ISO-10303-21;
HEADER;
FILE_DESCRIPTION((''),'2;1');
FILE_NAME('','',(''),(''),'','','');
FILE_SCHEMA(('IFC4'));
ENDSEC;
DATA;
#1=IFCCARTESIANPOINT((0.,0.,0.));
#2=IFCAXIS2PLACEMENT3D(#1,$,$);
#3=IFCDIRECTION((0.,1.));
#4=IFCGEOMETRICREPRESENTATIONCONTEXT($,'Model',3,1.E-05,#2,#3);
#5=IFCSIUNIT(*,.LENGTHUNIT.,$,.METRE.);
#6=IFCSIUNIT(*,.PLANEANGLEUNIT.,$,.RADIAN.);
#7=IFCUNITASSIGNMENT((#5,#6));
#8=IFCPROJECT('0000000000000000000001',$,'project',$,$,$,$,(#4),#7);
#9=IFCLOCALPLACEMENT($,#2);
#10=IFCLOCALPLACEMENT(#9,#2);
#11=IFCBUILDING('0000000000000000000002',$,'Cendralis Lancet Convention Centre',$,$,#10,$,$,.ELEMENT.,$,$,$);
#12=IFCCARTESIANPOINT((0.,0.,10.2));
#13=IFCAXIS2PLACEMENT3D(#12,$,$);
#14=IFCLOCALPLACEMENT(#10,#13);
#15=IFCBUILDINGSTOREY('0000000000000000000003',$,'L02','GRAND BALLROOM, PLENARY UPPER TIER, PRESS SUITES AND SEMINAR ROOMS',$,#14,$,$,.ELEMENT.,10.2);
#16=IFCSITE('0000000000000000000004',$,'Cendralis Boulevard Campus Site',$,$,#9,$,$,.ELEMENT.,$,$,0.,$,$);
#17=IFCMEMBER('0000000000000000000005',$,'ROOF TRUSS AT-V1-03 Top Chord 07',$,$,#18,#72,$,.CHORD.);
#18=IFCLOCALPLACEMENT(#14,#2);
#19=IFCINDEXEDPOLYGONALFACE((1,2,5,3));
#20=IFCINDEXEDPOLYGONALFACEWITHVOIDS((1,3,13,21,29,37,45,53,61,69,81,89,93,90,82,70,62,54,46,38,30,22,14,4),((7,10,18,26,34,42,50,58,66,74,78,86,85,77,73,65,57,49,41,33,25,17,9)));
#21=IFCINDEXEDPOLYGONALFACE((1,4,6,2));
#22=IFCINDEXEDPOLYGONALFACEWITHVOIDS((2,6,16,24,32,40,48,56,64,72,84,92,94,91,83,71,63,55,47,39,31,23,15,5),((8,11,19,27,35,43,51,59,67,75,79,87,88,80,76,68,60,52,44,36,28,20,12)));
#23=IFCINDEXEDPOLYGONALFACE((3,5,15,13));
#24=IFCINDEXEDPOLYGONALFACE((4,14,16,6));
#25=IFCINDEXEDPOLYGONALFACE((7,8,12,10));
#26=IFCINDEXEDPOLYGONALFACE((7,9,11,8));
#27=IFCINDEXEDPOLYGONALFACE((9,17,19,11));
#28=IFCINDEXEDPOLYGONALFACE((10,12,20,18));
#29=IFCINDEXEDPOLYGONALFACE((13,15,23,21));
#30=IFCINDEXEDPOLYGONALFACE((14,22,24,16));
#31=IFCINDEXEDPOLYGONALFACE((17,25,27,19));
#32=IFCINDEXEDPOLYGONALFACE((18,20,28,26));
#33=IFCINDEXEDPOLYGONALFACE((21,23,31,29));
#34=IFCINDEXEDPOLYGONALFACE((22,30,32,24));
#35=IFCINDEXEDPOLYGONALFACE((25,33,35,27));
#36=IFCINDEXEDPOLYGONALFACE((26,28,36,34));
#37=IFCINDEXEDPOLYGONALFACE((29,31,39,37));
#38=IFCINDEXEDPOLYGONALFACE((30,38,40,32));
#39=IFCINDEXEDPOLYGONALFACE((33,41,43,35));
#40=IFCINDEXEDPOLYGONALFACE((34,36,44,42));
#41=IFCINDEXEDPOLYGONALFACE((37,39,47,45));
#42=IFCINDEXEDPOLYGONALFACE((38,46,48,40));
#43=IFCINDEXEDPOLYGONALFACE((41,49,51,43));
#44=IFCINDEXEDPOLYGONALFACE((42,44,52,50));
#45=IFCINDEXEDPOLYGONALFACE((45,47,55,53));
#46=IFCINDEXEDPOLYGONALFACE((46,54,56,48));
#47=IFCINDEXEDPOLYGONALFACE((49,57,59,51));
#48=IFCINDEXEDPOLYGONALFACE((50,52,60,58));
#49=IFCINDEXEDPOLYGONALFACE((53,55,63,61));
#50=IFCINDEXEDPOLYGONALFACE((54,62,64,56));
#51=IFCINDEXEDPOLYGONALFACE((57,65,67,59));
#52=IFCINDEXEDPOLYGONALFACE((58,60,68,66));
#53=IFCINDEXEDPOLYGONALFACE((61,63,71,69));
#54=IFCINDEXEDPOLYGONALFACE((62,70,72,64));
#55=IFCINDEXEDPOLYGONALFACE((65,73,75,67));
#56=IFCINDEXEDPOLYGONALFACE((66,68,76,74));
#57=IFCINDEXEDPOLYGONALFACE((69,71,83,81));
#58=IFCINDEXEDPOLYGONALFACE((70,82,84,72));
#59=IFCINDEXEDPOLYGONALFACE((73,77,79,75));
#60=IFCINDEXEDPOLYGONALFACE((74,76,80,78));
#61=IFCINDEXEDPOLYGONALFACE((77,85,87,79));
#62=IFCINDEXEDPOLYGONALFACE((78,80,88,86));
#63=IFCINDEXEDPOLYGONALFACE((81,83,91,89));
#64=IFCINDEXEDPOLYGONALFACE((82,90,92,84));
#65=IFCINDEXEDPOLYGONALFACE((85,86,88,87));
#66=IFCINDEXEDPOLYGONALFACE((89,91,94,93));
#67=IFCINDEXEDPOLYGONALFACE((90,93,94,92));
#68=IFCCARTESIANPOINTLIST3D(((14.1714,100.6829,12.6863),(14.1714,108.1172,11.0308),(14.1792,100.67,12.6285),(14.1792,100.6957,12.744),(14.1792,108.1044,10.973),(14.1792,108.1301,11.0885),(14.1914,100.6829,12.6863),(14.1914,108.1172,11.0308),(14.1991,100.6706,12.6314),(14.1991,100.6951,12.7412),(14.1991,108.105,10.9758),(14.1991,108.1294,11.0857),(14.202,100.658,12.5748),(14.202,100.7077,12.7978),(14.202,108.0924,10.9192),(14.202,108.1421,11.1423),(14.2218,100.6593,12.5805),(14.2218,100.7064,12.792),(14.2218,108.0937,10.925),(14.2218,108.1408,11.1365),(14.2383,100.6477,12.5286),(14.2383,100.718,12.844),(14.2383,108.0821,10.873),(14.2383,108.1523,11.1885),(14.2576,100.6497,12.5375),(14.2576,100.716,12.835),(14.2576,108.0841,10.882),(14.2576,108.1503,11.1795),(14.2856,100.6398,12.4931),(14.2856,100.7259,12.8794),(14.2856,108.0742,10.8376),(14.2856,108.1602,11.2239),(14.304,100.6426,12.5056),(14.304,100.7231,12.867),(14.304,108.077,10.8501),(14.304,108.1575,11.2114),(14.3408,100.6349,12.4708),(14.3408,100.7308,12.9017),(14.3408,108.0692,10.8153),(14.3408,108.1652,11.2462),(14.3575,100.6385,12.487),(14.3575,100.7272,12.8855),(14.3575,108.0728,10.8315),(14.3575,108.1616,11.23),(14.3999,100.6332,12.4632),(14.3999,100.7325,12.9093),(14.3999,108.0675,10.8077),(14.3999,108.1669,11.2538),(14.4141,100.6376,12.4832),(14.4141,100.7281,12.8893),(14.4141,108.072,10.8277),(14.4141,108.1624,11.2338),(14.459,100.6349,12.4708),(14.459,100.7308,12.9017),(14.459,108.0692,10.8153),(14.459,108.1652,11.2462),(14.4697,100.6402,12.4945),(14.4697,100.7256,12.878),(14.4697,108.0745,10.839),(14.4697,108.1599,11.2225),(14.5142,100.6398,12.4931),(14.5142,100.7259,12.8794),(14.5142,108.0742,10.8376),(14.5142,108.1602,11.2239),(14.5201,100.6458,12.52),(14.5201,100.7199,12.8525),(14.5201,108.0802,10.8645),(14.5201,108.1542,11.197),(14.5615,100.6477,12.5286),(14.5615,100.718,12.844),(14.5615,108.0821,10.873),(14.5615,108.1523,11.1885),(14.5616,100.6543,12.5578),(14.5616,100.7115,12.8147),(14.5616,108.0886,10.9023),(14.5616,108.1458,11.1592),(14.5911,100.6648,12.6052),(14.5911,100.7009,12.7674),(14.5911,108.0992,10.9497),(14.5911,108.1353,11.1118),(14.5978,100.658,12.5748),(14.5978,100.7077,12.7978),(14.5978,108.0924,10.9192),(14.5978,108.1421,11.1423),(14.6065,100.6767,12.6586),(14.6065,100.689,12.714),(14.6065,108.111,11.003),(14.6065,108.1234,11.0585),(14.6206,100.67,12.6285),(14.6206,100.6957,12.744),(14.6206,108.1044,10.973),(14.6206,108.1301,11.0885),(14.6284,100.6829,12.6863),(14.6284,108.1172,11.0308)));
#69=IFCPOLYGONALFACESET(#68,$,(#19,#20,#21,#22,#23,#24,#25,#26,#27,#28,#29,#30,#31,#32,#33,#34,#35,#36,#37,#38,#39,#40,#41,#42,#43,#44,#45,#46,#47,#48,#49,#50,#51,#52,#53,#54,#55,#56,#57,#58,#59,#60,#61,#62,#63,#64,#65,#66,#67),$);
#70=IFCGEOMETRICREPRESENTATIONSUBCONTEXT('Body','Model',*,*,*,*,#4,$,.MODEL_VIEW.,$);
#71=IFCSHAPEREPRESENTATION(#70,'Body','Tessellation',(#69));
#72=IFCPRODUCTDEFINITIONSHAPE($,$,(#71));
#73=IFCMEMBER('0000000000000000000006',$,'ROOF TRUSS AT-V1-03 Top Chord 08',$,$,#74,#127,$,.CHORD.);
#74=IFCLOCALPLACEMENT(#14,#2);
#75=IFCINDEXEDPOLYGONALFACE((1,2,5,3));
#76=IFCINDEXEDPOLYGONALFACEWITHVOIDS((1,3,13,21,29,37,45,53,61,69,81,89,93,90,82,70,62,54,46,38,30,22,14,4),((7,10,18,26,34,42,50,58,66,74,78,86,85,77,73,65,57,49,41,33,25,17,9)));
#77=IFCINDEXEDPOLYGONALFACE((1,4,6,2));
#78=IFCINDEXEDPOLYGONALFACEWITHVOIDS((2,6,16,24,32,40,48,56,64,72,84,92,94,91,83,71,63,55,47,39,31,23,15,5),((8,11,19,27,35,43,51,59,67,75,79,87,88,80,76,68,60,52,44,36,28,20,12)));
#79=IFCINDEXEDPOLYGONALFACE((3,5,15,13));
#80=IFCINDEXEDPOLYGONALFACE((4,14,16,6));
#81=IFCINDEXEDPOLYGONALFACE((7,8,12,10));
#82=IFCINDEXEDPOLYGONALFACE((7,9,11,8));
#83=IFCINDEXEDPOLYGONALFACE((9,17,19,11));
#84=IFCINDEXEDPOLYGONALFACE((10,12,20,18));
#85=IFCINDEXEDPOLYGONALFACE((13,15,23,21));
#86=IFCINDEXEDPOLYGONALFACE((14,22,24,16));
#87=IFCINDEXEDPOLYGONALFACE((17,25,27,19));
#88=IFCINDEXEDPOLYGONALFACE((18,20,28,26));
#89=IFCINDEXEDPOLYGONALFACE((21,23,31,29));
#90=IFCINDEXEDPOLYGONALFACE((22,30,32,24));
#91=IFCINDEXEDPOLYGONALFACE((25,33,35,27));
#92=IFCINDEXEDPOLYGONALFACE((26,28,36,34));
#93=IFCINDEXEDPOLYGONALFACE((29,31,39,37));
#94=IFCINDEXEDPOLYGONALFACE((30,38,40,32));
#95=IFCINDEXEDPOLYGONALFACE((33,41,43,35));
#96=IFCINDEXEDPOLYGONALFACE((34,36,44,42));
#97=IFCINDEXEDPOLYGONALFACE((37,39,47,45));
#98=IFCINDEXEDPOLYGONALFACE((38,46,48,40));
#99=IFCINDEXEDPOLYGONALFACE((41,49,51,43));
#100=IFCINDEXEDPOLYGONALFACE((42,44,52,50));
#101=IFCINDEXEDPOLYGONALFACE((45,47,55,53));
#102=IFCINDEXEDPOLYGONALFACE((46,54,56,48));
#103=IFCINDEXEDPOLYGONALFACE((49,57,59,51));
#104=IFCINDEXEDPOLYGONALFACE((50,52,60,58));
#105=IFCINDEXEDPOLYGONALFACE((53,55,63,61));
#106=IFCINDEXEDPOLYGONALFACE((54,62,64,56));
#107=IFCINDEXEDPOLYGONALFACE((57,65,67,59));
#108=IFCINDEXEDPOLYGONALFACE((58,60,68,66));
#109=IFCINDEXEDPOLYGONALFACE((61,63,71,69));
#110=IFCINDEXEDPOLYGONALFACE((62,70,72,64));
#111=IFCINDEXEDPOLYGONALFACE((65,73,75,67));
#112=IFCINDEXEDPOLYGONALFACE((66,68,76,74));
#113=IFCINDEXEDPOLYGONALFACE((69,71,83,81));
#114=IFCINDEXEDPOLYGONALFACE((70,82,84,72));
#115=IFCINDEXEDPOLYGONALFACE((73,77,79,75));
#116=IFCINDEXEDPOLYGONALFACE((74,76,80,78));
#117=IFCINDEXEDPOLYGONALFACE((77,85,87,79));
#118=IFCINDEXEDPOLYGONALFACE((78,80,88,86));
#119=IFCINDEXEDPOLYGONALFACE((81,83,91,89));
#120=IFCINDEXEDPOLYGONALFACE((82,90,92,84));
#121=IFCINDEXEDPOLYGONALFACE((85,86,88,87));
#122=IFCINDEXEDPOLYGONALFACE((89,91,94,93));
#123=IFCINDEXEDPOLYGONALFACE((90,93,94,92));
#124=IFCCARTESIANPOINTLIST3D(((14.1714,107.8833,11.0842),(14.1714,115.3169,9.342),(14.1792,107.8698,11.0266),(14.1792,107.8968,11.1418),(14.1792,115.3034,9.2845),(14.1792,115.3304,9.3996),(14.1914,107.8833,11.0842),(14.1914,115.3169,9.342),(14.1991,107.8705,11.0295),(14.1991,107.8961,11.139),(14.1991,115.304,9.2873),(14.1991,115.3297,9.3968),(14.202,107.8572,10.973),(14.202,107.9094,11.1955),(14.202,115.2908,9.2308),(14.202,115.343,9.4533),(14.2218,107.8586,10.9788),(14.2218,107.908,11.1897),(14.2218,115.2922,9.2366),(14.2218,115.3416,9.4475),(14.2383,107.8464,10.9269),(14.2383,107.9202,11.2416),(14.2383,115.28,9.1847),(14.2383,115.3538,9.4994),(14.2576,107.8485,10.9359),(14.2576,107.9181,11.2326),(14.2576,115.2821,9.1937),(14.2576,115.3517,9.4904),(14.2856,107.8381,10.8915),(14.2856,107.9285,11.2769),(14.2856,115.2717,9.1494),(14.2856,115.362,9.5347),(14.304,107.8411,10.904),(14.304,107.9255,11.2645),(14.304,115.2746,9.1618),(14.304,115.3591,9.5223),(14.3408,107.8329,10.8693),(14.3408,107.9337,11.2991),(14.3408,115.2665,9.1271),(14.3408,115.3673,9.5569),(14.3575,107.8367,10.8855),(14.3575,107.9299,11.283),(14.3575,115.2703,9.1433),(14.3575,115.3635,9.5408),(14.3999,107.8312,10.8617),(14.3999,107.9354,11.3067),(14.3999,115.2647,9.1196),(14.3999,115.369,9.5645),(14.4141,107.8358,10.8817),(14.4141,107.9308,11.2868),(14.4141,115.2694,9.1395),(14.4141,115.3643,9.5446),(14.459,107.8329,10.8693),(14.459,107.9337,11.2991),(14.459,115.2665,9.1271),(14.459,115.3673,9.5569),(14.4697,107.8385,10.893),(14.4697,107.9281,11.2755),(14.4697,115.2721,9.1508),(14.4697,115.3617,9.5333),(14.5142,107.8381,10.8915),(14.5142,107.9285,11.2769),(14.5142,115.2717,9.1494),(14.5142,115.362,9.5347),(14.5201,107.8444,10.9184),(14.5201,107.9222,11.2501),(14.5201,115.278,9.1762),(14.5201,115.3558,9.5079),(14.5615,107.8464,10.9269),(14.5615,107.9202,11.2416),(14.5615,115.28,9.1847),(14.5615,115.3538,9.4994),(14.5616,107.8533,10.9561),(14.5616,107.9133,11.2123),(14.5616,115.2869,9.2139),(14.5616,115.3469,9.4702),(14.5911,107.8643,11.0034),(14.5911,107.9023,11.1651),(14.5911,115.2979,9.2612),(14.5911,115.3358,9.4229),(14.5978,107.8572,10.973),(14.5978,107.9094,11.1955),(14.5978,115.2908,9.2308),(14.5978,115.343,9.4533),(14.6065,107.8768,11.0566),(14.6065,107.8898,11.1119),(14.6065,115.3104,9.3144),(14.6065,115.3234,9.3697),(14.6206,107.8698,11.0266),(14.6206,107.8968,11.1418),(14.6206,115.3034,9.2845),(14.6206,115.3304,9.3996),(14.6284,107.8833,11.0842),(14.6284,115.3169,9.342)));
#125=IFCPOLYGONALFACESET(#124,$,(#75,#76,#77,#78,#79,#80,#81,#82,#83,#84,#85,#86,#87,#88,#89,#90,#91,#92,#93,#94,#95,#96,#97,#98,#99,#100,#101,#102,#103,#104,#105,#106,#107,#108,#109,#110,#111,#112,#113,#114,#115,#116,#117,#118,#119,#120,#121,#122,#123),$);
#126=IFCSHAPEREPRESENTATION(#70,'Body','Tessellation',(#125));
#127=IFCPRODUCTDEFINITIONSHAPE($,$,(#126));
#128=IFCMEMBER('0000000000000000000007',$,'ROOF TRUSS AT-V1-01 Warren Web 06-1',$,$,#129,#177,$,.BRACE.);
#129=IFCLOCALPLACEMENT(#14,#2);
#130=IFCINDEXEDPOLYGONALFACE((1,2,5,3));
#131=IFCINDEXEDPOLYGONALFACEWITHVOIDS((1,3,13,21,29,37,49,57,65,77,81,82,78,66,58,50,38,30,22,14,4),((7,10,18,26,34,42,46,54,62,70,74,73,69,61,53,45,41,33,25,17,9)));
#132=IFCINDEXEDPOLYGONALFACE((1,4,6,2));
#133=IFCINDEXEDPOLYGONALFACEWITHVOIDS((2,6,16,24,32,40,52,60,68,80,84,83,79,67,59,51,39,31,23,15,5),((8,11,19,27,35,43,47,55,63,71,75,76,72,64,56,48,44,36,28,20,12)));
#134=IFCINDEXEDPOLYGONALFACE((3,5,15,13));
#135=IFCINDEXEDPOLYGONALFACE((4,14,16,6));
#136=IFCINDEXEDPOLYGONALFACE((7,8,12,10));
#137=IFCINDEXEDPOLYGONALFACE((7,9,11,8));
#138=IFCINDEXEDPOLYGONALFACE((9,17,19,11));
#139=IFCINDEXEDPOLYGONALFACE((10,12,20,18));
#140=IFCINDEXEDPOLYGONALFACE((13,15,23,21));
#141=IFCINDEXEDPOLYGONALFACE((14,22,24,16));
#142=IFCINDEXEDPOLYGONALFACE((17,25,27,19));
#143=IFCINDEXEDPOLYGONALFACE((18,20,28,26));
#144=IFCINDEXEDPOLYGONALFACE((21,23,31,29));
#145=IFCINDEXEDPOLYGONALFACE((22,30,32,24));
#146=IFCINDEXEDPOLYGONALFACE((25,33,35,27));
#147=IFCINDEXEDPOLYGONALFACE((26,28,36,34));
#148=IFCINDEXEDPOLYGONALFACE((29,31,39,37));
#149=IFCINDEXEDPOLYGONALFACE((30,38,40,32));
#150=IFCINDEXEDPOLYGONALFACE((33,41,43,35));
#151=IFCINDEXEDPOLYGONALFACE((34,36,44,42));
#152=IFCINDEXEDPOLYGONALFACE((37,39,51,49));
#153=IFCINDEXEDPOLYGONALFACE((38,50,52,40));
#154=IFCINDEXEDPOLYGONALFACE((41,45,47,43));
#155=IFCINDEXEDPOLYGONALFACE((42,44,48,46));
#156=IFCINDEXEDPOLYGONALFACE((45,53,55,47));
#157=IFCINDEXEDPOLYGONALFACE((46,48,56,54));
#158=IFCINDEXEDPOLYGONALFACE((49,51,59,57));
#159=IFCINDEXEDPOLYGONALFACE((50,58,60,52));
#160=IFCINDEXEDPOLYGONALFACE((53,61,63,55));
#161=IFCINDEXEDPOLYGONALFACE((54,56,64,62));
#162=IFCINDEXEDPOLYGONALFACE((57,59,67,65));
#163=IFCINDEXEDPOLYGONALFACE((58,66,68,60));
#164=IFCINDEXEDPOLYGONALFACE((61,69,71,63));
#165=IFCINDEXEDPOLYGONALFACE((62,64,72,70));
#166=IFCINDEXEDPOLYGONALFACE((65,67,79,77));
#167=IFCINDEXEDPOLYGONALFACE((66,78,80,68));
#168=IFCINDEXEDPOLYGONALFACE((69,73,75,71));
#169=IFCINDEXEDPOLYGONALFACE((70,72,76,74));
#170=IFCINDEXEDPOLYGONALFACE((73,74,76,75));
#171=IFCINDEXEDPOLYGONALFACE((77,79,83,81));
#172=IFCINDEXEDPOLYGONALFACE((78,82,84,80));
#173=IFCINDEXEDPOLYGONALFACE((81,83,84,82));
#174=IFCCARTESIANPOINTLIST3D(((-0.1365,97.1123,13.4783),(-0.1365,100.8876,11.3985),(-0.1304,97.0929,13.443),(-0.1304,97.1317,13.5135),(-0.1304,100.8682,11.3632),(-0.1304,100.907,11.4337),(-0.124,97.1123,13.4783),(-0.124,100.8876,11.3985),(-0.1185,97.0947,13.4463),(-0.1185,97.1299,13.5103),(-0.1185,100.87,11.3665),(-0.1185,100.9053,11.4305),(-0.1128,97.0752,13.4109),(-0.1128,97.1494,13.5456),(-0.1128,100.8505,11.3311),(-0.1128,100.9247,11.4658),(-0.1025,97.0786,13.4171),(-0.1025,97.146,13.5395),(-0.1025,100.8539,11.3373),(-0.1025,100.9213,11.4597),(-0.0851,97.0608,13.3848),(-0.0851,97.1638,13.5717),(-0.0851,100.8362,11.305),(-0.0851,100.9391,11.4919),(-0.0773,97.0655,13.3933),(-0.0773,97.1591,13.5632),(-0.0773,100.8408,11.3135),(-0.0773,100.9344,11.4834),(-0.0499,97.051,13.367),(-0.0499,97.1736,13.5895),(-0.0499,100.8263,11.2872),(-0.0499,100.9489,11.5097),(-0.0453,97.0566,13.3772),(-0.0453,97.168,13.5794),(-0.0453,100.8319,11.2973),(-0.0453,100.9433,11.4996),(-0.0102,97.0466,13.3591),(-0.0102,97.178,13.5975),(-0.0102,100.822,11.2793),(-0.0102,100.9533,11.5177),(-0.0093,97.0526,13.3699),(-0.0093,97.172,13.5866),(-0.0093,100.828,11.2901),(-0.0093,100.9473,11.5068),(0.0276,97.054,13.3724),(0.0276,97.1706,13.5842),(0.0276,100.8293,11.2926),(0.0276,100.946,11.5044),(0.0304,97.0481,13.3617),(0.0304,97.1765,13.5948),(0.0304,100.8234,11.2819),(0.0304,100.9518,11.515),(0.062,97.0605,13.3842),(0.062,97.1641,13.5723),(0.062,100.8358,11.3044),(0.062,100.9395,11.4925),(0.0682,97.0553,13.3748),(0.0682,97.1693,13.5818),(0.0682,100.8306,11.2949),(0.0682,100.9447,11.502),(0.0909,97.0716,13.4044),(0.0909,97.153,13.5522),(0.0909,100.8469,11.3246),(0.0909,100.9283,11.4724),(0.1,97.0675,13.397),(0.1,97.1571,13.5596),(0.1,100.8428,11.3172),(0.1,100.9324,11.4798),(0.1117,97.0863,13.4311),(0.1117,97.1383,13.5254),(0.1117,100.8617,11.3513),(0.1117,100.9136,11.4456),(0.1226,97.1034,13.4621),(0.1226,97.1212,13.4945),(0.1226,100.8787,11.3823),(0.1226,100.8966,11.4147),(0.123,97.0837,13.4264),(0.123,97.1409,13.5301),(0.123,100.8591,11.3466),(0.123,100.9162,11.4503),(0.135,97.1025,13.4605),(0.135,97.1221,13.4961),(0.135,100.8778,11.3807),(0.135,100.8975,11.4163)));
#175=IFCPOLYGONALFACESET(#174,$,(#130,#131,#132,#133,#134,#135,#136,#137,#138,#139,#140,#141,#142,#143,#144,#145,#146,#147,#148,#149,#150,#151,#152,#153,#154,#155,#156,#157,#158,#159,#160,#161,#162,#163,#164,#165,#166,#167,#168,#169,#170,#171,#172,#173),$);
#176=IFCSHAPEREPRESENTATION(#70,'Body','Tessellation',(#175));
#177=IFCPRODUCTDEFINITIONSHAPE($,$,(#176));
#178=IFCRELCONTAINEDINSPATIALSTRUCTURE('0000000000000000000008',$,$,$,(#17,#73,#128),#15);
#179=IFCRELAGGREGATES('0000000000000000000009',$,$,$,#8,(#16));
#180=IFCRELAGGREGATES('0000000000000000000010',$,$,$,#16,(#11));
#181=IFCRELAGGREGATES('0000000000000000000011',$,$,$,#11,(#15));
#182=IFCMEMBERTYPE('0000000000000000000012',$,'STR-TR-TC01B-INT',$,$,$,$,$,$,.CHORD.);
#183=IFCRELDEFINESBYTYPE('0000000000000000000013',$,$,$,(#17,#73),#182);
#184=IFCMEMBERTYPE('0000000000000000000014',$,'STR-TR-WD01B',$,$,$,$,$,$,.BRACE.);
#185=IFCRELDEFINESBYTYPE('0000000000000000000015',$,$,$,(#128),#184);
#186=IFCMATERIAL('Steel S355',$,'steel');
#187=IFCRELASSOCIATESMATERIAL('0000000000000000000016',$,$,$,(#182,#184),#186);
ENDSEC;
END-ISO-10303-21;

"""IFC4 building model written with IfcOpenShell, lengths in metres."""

from ifc_helpers import new_model, si_unit, direction, frame, origin, origin_2d, place, context, subcontext, project, spatial, hollow_circle, extrude, material, material_profile, profile_set, type_object, element, save


model = new_model("IFC4")

# Units and contexts
model_context = context("Model", 3, precision=1e-05, world=origin(), true_north=direction((0.0, 1.0)))
body_context = subcontext(model_context, "Body", "Model", "MODEL_VIEW")
ifc_project = project(units=[si_unit("LENGTHUNIT", "METRE"), si_unit("PLANEANGLEUNIT", "RADIAN")], contexts=[model_context])

# Site, building, storey
site_placement = place(None, origin())
site = spatial("IfcSite", under=ifc_project, at=site_placement, Name="Cendralis Boulevard Campus Site", CompositionType="ELEMENT", RefElevation=0.0)
building_placement = place(site_placement, origin())
building = spatial("IfcBuilding", under=site, at=building_placement, Name="Cendralis Lancet Convention Centre", CompositionType="ELEMENT")
storey_placement = place(building_placement, frame((0.0, 0.0, 10.2)))
storey = spatial("IfcBuildingStorey", under=building, at=storey_placement, Name="L02", Description="GRAND BALLROOM, PLENARY UPPER TIER, PRESS SUITES AND SEMINAR ROOMS", CompositionType="ELEMENT", Elevation=10.2)

# Members
ifc_material = material(Name="Steel S355", Category="steel")
ifc_material_profile_1 = material_profile(ifc_material, hollow_circle(Radius=0.2285, WallThickness=0.02, at=origin_2d()), Name="CHS 457.0x20.0")
ifc_profile_set_1 = profile_set([ifc_material_profile_1], Name="Steel S355")
member_type_1 = type_object("IfcMemberType", Name="STR-TR-TC01B-INT", PredefinedType="CHORD", material=ifc_profile_set_1)
member_1_placement = place(storey_placement, frame((14.3999, 100.6829, 12.6863), z_axis=(0.0, 0.976091, -0.217361), x_axis=(-1.0, 0.0, 0.0)))
element("IfcMember", 1, at=member_1_placement, inside=storey, type_object=member_type_1, Name="ROOF TRUSS AT-V1-03 Top Chord 07", PredefinedType="CHORD", context=body_context, shape_type="SweptSolid", body=[
    extrude(hollow_circle(Radius=0.2285, WallThickness=0.02, at=origin_2d()), origin(), (0.0, 0.0, 1.0), 7.6165),
])
member_2_placement = place(storey_placement, frame((14.3999, 107.8833, 11.0842), z_axis=(0.0, 0.973618, -0.228184), x_axis=(-1.0, 0.0, 0.0)))
element("IfcMember", 2, at=member_2_placement, inside=storey, type_object=member_type_1, Name="ROOF TRUSS AT-V1-03 Top Chord 08", PredefinedType="CHORD", context=body_context, shape_type="SweptSolid", body=[
    extrude(hollow_circle(Radius=0.2285, WallThickness=0.02, at=origin_2d()), origin(), (0.0, 0.0, 1.0), 7.635),
])
ifc_material_profile_2 = material_profile(ifc_material, hollow_circle(Radius=0.1365, WallThickness=0.0125, at=origin_2d()), Name="CHS 273.0x12.5")
ifc_profile_set_2 = profile_set([ifc_material_profile_2], Name="Steel S355")
member_type_2 = type_object("IfcMemberType", Name="STR-TR-WD01B", PredefinedType="BRACE", material=ifc_profile_set_2)
member_3_placement = place(storey_placement, frame((0.0, 97.1123, 13.4783), z_axis=(0.0, 0.875886, -0.482519), x_axis=(-1.0, 0.0, 0.0)))
element("IfcMember", 3, at=member_3_placement, inside=storey, type_object=member_type_2, Name="ROOF TRUSS AT-V1-01 Warren Web 06-1", PredefinedType="BRACE", context=body_context, shape_type="SweptSolid", body=[
    extrude(hollow_circle(Radius=0.1365, WallThickness=0.0125, at=origin_2d()), origin(), (0.0, 0.0, 1.0), 4.3103),
])

save(model, "model.ifc")
